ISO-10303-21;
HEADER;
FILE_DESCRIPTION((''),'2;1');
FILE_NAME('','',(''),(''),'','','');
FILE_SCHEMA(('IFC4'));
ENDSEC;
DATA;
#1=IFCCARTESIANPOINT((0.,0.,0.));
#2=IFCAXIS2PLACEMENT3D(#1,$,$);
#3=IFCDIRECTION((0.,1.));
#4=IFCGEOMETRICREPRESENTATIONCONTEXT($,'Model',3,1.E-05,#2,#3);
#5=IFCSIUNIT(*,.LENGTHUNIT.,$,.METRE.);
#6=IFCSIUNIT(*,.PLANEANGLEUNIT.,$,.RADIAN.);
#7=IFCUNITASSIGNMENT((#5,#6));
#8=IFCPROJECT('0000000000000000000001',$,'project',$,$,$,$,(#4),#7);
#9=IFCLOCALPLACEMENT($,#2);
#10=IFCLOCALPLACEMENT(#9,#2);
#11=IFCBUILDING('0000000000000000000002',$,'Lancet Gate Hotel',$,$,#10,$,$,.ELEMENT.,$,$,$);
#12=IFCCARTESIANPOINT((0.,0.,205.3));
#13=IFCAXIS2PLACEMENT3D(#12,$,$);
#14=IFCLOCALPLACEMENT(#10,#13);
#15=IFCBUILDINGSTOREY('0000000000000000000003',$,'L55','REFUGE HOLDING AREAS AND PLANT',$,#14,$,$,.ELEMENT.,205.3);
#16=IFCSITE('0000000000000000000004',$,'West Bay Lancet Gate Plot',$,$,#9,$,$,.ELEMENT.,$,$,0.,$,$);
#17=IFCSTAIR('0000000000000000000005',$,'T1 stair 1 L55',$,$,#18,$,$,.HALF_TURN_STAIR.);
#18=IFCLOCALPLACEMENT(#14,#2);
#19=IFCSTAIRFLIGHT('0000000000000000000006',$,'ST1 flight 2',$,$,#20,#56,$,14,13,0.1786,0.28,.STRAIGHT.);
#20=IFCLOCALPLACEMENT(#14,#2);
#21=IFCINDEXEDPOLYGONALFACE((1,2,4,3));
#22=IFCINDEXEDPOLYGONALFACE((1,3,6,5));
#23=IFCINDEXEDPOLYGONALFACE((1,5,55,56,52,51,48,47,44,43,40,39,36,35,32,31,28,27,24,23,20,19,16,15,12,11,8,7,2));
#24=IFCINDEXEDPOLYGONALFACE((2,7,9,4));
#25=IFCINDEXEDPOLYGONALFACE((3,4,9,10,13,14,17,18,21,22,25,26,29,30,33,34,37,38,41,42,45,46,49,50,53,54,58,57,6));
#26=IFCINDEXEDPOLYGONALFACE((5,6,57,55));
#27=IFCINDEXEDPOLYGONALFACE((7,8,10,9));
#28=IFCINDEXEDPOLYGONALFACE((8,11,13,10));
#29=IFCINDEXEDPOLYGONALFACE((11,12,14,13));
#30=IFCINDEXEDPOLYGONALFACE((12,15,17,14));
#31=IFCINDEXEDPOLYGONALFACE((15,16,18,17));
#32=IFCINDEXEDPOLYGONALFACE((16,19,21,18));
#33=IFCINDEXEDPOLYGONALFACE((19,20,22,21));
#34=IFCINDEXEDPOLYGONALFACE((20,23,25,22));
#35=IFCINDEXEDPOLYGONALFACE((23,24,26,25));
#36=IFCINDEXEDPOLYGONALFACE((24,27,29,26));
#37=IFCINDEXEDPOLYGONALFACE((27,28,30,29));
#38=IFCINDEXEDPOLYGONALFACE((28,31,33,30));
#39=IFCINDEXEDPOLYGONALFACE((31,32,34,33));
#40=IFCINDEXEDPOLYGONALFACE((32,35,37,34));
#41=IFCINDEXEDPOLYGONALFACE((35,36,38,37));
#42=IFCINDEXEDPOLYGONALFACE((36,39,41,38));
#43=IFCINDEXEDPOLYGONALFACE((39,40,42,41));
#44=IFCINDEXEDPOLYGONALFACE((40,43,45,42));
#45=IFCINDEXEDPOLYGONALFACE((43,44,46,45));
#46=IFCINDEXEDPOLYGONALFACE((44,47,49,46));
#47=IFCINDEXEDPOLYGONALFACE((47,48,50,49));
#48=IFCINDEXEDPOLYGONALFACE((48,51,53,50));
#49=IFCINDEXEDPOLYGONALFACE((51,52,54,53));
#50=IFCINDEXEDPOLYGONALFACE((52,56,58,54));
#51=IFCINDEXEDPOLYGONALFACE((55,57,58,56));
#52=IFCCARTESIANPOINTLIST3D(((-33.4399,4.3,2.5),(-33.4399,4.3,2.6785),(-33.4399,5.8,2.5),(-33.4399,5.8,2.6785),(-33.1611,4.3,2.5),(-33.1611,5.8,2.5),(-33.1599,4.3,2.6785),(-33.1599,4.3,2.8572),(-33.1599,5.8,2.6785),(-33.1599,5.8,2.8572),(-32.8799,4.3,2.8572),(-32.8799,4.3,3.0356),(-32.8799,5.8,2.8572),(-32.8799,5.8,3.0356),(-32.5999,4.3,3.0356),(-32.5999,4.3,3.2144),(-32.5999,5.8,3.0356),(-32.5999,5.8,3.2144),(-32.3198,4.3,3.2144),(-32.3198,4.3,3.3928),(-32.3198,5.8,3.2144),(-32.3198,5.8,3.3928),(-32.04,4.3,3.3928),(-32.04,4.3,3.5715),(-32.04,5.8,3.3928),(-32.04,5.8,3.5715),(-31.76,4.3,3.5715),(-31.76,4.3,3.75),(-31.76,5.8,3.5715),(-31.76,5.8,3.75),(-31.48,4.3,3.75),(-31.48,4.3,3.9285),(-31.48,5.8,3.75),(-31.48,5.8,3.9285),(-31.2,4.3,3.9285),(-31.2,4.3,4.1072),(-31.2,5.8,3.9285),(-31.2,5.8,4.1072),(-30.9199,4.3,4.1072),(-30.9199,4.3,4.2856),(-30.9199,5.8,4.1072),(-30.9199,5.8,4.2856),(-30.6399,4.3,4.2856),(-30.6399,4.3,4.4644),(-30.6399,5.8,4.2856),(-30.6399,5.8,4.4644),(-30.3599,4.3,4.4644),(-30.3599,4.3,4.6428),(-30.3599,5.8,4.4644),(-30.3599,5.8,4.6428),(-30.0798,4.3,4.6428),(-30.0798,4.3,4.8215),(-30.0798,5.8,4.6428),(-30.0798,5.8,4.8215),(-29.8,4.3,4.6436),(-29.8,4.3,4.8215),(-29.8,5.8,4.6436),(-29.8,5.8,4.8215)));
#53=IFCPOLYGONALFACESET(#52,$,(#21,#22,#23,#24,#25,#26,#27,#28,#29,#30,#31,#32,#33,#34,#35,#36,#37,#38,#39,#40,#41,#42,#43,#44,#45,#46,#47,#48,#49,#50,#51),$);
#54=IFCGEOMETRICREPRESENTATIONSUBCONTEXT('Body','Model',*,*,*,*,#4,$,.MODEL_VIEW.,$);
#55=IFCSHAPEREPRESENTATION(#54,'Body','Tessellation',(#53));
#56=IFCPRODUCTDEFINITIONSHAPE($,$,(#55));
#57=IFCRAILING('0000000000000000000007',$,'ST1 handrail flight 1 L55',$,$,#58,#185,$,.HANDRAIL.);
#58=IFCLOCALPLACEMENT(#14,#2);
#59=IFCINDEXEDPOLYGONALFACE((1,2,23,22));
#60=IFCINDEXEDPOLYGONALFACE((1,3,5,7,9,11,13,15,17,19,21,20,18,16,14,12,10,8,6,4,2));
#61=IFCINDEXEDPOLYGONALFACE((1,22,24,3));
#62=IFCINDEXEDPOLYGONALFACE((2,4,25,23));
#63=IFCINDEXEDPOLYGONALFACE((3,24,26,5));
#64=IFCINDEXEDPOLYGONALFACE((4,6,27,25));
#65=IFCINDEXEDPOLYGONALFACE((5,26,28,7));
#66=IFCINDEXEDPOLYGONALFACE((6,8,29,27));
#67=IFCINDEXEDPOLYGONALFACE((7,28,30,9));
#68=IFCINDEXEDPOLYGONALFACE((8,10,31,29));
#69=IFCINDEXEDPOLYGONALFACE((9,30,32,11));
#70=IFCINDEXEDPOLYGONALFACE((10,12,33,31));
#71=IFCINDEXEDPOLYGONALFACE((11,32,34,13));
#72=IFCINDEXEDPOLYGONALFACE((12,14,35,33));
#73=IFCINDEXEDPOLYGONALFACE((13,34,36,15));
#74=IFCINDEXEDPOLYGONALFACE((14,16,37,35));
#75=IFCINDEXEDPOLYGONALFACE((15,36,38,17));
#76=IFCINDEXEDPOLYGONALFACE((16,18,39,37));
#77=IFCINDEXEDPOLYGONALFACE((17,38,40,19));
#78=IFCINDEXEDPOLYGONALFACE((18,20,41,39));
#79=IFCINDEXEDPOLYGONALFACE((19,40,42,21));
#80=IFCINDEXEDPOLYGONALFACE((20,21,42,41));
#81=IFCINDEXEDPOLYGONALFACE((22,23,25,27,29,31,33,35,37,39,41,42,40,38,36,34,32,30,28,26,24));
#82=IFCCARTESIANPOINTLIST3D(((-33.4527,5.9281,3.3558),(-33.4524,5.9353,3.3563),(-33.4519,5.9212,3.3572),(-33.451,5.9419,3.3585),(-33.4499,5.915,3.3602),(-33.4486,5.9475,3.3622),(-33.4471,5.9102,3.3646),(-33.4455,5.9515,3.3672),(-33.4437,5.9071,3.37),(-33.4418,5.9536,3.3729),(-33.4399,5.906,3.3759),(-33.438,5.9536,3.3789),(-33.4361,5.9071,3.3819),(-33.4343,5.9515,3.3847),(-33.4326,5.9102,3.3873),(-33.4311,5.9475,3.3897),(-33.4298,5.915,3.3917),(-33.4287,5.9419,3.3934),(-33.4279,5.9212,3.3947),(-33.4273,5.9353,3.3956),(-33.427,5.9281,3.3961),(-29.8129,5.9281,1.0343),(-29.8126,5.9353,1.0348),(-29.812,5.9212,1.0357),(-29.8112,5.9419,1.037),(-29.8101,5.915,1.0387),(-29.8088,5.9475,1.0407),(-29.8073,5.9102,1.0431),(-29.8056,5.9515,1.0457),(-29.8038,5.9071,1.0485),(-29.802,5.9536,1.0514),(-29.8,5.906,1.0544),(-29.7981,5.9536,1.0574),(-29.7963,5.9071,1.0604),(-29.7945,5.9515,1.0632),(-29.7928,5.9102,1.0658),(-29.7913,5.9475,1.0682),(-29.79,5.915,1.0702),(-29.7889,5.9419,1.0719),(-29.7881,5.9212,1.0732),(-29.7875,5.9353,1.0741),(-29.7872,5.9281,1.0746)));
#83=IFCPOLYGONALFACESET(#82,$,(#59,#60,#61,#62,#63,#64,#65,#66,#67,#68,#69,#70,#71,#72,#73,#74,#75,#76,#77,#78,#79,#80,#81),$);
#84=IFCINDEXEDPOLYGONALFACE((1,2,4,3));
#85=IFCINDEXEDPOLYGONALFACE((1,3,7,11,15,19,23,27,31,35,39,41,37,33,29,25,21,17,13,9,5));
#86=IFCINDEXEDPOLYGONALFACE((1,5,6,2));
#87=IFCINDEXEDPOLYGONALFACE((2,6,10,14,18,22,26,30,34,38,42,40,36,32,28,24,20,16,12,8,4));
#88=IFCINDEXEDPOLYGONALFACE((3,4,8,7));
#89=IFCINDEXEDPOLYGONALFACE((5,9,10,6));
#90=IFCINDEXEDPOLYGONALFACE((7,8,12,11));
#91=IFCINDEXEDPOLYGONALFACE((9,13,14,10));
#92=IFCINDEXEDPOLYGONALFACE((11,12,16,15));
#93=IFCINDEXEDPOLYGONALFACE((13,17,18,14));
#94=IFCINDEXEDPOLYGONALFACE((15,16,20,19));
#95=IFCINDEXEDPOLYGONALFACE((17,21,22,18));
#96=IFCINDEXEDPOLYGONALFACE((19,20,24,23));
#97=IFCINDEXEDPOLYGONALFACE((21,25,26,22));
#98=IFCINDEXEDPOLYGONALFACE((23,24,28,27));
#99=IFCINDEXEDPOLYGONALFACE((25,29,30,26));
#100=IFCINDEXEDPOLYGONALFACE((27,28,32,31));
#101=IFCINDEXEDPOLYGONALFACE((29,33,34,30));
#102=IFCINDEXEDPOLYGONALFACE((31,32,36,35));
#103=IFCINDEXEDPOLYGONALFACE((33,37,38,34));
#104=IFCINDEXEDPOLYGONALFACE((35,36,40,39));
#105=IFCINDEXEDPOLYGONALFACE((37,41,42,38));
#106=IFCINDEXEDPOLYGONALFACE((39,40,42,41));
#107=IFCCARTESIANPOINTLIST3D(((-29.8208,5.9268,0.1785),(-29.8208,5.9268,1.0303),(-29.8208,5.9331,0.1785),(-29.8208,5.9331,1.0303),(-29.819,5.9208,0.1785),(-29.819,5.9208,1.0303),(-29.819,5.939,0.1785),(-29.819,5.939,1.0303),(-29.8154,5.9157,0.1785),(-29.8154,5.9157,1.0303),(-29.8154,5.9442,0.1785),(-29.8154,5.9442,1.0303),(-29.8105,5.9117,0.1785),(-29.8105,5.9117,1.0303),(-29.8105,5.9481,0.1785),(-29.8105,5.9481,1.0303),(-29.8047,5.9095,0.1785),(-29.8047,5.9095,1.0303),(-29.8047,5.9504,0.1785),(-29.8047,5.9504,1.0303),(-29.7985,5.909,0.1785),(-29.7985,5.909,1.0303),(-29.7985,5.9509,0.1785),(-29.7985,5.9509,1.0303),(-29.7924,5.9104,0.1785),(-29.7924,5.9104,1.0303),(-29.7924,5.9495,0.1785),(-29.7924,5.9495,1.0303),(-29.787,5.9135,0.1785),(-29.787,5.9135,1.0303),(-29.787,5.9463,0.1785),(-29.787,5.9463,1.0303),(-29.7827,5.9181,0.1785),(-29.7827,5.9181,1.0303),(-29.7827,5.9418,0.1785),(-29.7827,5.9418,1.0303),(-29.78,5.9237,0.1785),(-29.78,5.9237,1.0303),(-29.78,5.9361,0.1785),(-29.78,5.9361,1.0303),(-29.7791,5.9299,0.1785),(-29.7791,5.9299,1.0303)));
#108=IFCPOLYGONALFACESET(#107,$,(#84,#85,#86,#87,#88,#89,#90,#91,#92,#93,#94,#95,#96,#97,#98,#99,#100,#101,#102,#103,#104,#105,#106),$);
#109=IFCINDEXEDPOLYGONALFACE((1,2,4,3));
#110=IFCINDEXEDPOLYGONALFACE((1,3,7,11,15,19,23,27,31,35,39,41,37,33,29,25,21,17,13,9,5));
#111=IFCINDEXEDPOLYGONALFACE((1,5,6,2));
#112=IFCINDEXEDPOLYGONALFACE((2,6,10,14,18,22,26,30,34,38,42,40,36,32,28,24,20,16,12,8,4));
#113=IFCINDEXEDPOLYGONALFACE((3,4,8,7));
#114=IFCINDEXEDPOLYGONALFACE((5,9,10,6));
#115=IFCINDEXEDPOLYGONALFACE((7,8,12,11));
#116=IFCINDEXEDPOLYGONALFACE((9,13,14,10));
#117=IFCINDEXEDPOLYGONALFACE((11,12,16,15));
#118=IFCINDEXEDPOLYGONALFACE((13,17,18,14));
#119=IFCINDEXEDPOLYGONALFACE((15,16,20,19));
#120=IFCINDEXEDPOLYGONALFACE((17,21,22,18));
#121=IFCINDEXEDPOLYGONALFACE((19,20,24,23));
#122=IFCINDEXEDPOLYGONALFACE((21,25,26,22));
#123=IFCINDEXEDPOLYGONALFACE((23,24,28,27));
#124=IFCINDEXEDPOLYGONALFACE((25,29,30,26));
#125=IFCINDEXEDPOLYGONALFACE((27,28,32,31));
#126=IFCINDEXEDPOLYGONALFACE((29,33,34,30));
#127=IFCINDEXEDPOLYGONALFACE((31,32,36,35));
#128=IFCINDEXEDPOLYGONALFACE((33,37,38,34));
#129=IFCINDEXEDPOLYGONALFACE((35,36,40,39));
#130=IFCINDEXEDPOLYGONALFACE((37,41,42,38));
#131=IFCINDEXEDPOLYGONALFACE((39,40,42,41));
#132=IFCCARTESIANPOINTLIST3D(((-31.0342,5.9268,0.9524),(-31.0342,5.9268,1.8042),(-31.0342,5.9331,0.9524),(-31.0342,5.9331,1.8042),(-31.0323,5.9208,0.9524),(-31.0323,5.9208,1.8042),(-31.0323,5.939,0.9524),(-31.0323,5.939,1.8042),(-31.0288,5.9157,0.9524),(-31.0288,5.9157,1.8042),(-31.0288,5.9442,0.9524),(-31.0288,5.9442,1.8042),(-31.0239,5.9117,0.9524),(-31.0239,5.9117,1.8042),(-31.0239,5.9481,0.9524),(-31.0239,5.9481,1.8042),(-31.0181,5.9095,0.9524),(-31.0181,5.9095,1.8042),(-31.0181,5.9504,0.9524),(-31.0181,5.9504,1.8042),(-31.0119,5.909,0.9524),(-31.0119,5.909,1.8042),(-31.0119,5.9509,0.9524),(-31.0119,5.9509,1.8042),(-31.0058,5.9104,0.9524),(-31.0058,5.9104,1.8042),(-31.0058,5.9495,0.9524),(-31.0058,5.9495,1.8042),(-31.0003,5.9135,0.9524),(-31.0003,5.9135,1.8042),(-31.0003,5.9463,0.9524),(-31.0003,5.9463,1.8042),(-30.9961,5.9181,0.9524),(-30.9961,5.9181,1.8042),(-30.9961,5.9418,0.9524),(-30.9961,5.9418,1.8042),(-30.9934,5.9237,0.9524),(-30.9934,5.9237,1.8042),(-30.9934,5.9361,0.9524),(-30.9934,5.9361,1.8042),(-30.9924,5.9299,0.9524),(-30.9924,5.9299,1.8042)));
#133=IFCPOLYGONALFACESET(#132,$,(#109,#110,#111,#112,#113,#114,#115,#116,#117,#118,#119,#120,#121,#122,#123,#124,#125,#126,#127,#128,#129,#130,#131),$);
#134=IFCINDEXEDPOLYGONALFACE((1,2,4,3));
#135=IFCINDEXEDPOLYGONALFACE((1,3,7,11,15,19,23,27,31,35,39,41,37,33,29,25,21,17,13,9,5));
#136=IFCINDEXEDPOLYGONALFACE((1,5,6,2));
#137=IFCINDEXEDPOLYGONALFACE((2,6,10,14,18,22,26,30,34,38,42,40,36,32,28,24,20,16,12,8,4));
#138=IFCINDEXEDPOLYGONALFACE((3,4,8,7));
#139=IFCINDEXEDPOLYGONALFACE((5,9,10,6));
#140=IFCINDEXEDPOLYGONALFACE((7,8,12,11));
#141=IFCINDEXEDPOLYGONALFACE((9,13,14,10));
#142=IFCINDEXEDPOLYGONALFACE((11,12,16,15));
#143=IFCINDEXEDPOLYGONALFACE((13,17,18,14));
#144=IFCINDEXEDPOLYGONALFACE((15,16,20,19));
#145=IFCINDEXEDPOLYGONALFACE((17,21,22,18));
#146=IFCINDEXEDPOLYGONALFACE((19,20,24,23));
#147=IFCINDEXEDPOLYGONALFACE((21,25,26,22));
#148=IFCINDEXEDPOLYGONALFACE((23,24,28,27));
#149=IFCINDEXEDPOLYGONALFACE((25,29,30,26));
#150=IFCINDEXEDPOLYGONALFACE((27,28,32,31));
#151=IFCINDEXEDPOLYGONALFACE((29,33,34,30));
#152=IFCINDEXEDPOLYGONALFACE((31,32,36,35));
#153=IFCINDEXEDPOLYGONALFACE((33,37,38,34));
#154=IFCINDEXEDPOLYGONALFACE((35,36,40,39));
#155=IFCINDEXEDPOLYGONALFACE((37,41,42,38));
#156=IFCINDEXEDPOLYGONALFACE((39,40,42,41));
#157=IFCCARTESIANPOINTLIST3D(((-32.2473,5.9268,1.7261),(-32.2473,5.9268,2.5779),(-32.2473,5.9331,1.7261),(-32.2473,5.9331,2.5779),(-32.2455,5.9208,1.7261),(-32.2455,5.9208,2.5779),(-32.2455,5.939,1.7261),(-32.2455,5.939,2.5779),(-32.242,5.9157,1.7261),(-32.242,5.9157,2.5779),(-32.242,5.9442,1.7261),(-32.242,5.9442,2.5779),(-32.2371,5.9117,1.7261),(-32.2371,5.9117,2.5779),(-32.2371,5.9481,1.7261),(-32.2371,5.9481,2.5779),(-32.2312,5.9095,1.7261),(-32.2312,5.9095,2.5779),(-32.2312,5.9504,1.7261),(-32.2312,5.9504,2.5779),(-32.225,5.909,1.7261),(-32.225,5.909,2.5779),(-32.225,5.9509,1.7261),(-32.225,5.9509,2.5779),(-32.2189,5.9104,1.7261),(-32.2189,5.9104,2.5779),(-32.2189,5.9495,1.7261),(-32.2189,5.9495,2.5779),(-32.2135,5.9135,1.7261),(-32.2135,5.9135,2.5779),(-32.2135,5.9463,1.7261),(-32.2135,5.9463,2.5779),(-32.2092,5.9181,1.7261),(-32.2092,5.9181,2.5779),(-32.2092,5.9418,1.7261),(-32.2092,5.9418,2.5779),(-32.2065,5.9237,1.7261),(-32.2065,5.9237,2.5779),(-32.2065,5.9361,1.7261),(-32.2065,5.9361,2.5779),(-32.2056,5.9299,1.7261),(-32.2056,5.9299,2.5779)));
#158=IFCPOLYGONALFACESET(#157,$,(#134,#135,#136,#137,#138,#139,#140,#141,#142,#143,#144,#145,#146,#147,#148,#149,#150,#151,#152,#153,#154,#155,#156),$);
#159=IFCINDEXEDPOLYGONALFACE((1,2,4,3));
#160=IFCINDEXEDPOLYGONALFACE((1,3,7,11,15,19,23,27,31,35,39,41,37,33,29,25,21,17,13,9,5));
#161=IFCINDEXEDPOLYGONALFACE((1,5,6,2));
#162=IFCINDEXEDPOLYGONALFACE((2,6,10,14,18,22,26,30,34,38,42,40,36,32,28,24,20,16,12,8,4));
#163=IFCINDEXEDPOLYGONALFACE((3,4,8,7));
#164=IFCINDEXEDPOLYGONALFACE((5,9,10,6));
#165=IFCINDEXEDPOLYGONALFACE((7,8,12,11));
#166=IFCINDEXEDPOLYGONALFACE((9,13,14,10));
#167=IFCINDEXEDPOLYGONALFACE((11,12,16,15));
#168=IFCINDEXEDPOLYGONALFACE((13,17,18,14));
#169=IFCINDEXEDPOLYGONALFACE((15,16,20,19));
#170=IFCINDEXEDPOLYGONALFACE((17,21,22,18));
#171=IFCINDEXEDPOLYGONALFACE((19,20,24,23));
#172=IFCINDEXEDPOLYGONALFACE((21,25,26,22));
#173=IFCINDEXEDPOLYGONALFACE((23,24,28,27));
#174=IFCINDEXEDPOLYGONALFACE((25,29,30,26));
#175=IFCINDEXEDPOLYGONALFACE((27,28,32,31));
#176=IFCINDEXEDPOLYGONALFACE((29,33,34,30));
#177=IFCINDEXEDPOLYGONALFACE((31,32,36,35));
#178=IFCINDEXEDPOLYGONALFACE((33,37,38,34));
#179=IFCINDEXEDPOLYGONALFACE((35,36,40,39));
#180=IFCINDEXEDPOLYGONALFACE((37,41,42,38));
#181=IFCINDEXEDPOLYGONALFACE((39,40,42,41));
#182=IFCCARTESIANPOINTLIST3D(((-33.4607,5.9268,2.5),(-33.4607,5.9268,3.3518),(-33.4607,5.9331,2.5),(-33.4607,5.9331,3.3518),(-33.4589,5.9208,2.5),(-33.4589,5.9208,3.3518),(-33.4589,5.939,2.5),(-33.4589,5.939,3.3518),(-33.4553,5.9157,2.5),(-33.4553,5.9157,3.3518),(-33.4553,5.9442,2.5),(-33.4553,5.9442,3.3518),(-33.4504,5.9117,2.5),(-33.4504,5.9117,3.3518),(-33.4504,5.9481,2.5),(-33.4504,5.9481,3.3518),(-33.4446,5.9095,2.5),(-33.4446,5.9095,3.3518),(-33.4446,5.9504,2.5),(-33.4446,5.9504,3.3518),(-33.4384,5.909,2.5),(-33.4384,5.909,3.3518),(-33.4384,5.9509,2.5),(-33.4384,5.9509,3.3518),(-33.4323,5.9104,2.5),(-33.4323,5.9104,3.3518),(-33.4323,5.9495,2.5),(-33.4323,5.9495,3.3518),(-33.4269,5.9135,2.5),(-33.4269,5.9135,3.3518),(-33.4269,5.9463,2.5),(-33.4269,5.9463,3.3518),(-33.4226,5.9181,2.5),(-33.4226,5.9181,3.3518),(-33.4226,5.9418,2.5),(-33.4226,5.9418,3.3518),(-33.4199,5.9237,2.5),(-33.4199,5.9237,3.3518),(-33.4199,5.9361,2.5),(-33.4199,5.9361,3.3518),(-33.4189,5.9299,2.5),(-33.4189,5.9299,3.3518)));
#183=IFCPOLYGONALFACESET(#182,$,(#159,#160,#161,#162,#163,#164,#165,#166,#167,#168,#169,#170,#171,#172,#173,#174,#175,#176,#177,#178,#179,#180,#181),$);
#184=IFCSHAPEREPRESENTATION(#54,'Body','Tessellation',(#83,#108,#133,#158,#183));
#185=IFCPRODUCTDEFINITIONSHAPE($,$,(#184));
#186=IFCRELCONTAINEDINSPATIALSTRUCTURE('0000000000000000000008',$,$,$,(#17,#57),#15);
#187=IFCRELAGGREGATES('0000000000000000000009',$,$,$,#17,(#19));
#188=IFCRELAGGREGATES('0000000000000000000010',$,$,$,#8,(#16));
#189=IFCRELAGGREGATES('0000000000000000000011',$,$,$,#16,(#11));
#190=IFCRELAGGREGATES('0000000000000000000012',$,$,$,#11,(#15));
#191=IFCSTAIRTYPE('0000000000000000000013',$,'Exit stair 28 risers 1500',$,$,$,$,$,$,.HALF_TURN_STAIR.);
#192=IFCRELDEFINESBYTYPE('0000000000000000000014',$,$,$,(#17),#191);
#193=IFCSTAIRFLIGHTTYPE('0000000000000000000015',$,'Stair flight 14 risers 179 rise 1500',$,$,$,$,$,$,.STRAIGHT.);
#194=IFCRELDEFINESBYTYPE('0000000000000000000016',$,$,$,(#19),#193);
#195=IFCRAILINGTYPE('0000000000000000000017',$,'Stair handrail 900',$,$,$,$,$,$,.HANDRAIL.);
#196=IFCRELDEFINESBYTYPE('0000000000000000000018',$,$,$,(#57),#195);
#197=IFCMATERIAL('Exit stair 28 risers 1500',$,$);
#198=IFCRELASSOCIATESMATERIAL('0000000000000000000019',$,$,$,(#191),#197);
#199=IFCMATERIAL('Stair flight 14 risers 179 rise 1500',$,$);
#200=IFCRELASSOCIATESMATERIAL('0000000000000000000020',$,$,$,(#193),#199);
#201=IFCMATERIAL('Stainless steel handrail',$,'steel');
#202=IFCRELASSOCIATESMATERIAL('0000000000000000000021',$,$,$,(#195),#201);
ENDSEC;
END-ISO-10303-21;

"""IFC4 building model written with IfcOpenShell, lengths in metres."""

from ifc_helpers import new_model, si_unit, direction, frame, origin, origin_2d, place, context, subcontext, project, spatial, polyline, circle, outline, extrude, material, type_object, element, aggregate, save


model = new_model("IFC4")

# Units and contexts
model_context = context("Model", 3, precision=1e-05, world=origin(), true_north=direction((0.0, 1.0)))
body_context = subcontext(model_context, "Body", "Model", "MODEL_VIEW")
ifc_project = project(units=[si_unit("LENGTHUNIT", "METRE"), si_unit("PLANEANGLEUNIT", "RADIAN")], contexts=[model_context])

# Site, building, storey
site_placement = place(None, origin())
site = spatial("IfcSite", under=ifc_project, at=site_placement, Name="West Bay Lancet Gate Plot", CompositionType="ELEMENT", RefElevation=0.0)
building_placement = place(site_placement, origin())
building = spatial("IfcBuilding", under=site, at=building_placement, Name="Lancet Gate Hotel", CompositionType="ELEMENT")
storey_placement = place(building_placement, frame((0.0, 0.0, 205.3)))
storey = spatial("IfcBuildingStorey", under=building, at=storey_placement, Name="L55", Description="REFUGE HOLDING AREAS AND PLANT", CompositionType="ELEMENT", Elevation=205.3)

# Stair, stair flight
ifc_material_1 = material(Name="Exit stair 28 risers 1500")
stair_type = type_object("IfcStairType", Name="Exit stair 28 risers 1500", PredefinedType="HALF_TURN_STAIR", material=ifc_material_1)
stair_placement = place(storey_placement, origin())
stair = element("IfcStair", 1, at=stair_placement, inside=storey, type_object=stair_type, Name="T1 stair 1 L55", PredefinedType="HALF_TURN_STAIR")
ifc_material_2 = material(Name="Stair flight 14 risers 179 rise 1500")
stair_flight_type = type_object("IfcStairFlightType", Name="Stair flight 14 risers 179 rise 1500", PredefinedType="STRAIGHT", material=ifc_material_2)
stair_flight_1_placement = place(storey_placement, frame((-33.4399, 5.05, 2.5), z_axis=(0.0, 0.0, 1.0), x_axis=(1.0, 0.0, 0.0)))
stair_flight_1 = element("IfcStairFlight", 2, at=stair_flight_1_placement, type_object=stair_flight_type, Name="ST1 flight 2", NumberOfRisers=14, NumberOfTreads=13, PredefinedType="STRAIGHT", RiserHeight=0.1786, TreadLength=0.28, context=body_context, shape_type="SweptSolid", body=[
    extrude(outline(polyline([(0.0, 0.0), (0.0, 0.1785), (0.28, 0.1785), (0.28, 0.3572), (0.5601, 0.3572), (0.5601, 0.5356), (0.8401, 0.5356), (0.8401, 0.7144), (1.1201, 0.7144), (1.1201, 0.8928), (1.3999, 0.8928), (1.3999, 1.0715), (1.6799, 1.0715), (1.6799, 1.25), (1.96, 1.25), (1.96, 1.4285), (2.24, 1.4285), (2.24, 1.6072), (2.52, 1.6072), (2.52, 1.7856), (2.8, 1.7856), (2.8, 1.9644), (3.0801, 1.9644), (3.0801, 2.1428), (3.3601, 2.1428), (3.3601, 2.3215), (3.6399, 2.3215), (3.6399, 2.5), (3.6399, 2.1436), (0.2788, 0.0), (0.0, 0.0)])), frame((0.0, 0.75, 0.0), z_axis=(0.0, -1.0, 0.0), x_axis=(1.0, 0.0, 0.0)), (0.0, 0.0, 1.0), 1.5),
])
aggregate(stair, [stair_flight_1])

# Railing
ifc_material_3 = material(Name="Stainless steel handrail", Category="steel")
railing_type = type_object("IfcRailingType", Name="Stair handrail 900", PredefinedType="HANDRAIL", material=ifc_material_3)
railing_1_placement = place(storey_placement, frame((-29.8, 5.9299, 0.1785)))
element("IfcRailing", 3, at=railing_1_placement, inside=storey, type_object=railing_type, Name="ST1 handrail flight 1 L55", PredefinedType="HANDRAIL", context=body_context, shape_type="SweptSolid", body=[
    extrude(circle(Radius=0.0239, at=origin_2d()), frame((0.0, 0.0, 0.876), z_axis=(-0.843112, 0.0, 0.537739), x_axis=(0.0, -1.0, 0.0)), (0.0, 0.0, 1.0), 4.3171),
    extrude(circle(Radius=0.021, at=origin_2d()), origin(), (0.0, 0.0, 1.0), 0.8518),
    extrude(circle(Radius=0.021, at=origin_2d()), frame((-1.2134, 0.0, 0.7739)), (0.0, 0.0, 1.0), 0.8518),
    extrude(circle(Radius=0.021, at=origin_2d()), frame((-2.4265, 0.0, 1.5476)), (0.0, 0.0, 1.0), 0.8518),
    extrude(circle(Radius=0.021, at=origin_2d()), frame((-3.6399, 0.0, 2.3215)), (0.0, 0.0, 1.0), 0.8518),
])

save(model, "model.ifc")
